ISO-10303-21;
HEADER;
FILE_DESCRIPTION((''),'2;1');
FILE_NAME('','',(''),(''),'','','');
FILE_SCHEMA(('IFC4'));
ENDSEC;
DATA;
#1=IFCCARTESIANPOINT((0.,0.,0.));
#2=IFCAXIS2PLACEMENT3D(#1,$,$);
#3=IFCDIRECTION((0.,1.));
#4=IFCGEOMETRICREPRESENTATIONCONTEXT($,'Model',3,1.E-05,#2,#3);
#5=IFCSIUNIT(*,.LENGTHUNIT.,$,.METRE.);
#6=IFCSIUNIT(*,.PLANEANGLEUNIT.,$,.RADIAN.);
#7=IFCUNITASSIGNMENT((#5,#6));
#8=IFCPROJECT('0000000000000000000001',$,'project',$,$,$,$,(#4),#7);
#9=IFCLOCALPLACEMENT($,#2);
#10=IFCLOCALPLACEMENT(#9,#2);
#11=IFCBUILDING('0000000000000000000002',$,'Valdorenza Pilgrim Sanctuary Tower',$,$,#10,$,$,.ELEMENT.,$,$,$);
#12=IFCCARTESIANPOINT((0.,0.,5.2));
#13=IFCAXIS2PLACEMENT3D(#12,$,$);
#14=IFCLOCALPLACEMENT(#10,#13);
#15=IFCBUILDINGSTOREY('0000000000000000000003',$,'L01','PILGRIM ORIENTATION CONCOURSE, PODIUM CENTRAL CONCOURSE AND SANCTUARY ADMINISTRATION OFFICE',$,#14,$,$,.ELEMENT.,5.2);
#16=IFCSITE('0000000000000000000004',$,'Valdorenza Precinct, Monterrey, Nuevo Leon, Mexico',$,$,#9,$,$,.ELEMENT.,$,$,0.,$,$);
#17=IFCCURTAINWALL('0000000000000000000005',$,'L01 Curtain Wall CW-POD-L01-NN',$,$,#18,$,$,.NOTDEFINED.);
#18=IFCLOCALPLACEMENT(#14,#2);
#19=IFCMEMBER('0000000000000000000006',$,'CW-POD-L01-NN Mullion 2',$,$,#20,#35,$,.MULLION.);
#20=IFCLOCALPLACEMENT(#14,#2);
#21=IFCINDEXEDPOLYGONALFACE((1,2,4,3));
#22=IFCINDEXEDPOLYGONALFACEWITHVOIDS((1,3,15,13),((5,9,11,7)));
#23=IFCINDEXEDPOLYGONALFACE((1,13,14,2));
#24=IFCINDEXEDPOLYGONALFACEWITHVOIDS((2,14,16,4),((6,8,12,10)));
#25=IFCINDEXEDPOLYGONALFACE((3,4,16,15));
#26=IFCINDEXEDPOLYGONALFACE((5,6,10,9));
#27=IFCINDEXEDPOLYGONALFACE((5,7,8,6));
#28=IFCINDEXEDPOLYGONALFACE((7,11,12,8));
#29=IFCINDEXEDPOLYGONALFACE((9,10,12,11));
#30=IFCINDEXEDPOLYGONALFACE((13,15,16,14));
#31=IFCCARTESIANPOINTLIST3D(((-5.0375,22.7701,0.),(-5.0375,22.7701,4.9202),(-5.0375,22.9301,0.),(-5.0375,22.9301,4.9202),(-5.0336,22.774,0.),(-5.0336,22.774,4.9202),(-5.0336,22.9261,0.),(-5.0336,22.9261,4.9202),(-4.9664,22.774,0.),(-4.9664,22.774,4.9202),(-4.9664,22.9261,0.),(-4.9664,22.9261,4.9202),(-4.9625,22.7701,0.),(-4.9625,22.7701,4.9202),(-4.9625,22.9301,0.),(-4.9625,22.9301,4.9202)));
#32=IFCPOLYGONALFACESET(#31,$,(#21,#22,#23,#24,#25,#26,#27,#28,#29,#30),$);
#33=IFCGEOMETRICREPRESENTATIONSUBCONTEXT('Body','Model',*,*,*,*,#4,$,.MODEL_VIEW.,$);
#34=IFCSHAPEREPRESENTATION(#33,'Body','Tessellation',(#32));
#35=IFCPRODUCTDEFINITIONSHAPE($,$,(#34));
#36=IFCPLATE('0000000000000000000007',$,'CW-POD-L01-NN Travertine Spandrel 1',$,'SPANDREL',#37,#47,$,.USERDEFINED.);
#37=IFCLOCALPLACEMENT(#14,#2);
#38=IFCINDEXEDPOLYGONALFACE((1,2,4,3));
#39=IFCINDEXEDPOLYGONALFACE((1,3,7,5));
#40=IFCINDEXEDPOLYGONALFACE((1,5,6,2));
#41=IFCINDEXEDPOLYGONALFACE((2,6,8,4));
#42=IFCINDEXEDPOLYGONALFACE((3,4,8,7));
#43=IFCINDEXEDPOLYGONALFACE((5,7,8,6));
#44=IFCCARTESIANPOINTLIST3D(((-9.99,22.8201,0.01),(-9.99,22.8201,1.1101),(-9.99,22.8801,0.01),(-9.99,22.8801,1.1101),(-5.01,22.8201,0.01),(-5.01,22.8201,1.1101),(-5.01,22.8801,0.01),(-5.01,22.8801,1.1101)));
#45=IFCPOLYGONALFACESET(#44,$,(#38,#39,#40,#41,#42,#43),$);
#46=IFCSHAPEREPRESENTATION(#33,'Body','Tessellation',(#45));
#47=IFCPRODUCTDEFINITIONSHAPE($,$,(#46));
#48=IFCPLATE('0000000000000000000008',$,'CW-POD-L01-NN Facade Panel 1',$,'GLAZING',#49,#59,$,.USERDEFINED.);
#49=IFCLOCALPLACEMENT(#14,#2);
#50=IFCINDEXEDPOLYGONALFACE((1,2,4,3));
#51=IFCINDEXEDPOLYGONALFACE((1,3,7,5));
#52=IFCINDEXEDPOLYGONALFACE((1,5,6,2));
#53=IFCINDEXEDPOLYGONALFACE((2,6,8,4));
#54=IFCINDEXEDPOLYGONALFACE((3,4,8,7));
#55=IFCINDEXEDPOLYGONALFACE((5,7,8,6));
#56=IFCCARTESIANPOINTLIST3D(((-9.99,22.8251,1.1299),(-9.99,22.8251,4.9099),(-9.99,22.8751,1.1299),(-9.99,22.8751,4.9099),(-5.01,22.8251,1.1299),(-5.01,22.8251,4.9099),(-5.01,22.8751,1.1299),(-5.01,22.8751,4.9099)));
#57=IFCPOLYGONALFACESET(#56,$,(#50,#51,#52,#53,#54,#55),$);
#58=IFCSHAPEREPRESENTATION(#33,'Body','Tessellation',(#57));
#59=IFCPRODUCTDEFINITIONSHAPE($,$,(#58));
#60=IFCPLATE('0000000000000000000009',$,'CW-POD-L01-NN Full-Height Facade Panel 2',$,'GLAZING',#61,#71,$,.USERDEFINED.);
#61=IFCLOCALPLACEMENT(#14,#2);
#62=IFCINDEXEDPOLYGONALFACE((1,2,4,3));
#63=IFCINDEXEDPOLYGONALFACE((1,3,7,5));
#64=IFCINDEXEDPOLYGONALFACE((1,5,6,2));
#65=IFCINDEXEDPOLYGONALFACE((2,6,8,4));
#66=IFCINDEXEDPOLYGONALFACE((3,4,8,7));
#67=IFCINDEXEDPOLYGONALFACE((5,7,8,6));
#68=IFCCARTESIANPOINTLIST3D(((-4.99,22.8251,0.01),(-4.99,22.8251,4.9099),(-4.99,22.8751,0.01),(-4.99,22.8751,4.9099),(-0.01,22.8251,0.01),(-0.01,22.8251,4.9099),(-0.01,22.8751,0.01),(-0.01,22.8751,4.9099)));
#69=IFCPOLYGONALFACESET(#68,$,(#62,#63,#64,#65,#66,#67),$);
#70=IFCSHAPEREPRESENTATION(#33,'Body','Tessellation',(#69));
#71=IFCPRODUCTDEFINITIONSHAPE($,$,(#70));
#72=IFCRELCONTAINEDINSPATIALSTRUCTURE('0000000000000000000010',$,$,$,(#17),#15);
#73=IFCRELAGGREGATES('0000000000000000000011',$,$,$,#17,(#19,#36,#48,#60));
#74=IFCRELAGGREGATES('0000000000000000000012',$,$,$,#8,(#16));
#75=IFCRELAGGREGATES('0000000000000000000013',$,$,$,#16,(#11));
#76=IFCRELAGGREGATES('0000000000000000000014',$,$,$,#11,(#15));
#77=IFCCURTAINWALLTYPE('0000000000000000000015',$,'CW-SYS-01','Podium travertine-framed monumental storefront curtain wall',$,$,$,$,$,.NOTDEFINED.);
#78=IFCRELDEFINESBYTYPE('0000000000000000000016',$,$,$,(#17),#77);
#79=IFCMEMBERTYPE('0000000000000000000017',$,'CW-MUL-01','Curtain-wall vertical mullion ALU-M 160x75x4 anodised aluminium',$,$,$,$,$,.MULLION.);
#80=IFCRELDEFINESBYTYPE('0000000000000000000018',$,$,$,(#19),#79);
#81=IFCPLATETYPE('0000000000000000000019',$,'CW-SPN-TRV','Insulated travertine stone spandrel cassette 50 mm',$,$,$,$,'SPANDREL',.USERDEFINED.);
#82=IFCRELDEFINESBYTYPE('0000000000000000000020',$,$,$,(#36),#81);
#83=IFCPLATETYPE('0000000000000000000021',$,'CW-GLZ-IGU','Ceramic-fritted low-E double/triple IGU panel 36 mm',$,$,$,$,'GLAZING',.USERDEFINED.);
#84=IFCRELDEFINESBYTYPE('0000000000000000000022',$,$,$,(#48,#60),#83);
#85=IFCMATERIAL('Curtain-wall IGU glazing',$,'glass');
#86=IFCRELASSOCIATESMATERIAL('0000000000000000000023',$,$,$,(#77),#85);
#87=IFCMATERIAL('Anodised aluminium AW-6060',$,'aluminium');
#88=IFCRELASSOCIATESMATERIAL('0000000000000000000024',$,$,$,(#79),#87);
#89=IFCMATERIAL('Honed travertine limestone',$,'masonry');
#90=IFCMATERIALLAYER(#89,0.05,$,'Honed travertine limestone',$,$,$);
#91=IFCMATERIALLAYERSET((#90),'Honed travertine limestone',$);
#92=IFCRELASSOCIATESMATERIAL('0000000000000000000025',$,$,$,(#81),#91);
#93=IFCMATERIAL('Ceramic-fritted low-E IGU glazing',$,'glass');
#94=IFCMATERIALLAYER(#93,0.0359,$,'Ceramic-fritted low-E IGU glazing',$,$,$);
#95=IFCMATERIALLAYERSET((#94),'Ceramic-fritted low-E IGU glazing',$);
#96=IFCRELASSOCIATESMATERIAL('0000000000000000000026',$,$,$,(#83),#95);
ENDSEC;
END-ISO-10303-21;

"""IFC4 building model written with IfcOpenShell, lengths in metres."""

from ifc_helpers import new_model, si_unit, direction, frame, origin, origin_2d, place, context, subcontext, project, spatial, rectangle, hollow_rectangle, extrude, source, transform, mapped, material, layer, layer_set, material_profile, profile_set, type_object, element, aggregate, save


model = new_model("IFC4")

# Units and contexts
model_context = context("Model", 3, precision=1e-05, world=origin(), true_north=direction((0.0, 1.0)))
body_context = subcontext(model_context, "Body", "Model", "MODEL_VIEW")
ifc_project = project(units=[si_unit("LENGTHUNIT", "METRE"), si_unit("PLANEANGLEUNIT", "RADIAN")], contexts=[model_context])

# Site, building, storey
site_placement = place(None, origin())
site = spatial("IfcSite", under=ifc_project, at=site_placement, Name="Valdorenza Precinct, Monterrey, Nuevo Leon, Mexico", CompositionType="ELEMENT", RefElevation=0.0)
building_placement = place(site_placement, origin())
building = spatial("IfcBuilding", under=site, at=building_placement, Name="Valdorenza Pilgrim Sanctuary Tower", CompositionType="ELEMENT")
storey_placement = place(building_placement, frame((0.0, 0.0, 5.2)))
storey = spatial("IfcBuildingStorey", under=building, at=storey_placement, Name="L01", Description="PILGRIM ORIENTATION CONCOURSE, PODIUM CENTRAL CONCOURSE AND SANCTUARY ADMINISTRATION OFFICE", CompositionType="ELEMENT", Elevation=5.2)

# Curtain wall, member, plates
ifc_material_1 = material(Name="Curtain-wall IGU glazing", Category="glass")
curtain_wall_type = type_object("IfcCurtainWallType", Name="CW-SYS-01", Description="Podium travertine-framed monumental storefront curtain wall", PredefinedType="NOTDEFINED", material=ifc_material_1)
curtain_wall_placement = place(storey_placement, origin())
curtain_wall = element("IfcCurtainWall", 1, at=curtain_wall_placement, inside=storey, type_object=curtain_wall_type, Name="L01 Curtain Wall CW-POD-L01-NN", PredefinedType="NOTDEFINED")
ifc_material_2 = material(Name="Anodised aluminium AW-6060", Category="aluminium")
ifc_material_profile = material_profile(ifc_material_2, hollow_rectangle(XDim=0.075, YDim=0.1599, WallThickness=0.0039, at=origin_2d()), Name="ALU-M 160x75x4")
ifc_profile_set = profile_set([ifc_material_profile], Name="Anodised aluminium AW-6060")
member_type = type_object("IfcMemberType", Name="CW-MUL-01", Description="Curtain-wall vertical mullion ALU-M 160x75x4 anodised aluminium", PredefinedType="MULLION", material=ifc_profile_set)
shared_shape_1 = source(origin(), body_context, "Body", "SweptSolid", [
    extrude(hollow_rectangle(XDim=0.075, YDim=0.1599, WallThickness=0.0039, at=origin_2d()), origin(), (0.0, 0.0, 1.0), 4.9202),
])
member_placement = place(storey_placement, frame((-5.0, 22.8501, 0.0), z_axis=(0.0, 0.0, 1.0), x_axis=(1.0, 0.0, 0.0)))
member = element("IfcMember", 2, at=member_placement, type_object=member_type, Name="CW-POD-L01-NN Mullion 2", PredefinedType="MULLION", context=body_context, shape_type="MappedRepresentation", body=[
    mapped(shared_shape_1, transform((0.0, 0.0, 0.0), x_axis=(1.0, 0.0, 0.0), y_axis=(0.0, 1.0, 0.0), z_axis=(0.0, 0.0, 1.0), scale=1.0)),
])
ifc_material_3 = material(Name="Honed travertine limestone", Category="masonry")
ifc_layer_1 = layer(ifc_material_3, 0.05, Name="Honed travertine limestone")
ifc_layer_set_1 = layer_set([ifc_layer_1], Name="Honed travertine limestone")
plate_type_1 = type_object("IfcPlateType", Name="CW-SPN-TRV", Description="Insulated travertine stone spandrel cassette 50 mm", ElementType="SPANDREL", PredefinedType="USERDEFINED", material=ifc_layer_set_1)
shared_shape_2 = source(origin(), body_context, "Body", "SweptSolid", [
    extrude(rectangle(XDim=4.98, YDim=0.0601, at=origin_2d()), origin(), (0.0, 0.0, 1.0), 1.1001),
])
plate_1_placement = place(storey_placement, frame((-7.5, 22.8501, 0.01), z_axis=(0.0, 0.0, 1.0), x_axis=(1.0, 0.0, 0.0)))
plate_1 = element("IfcPlate", 3, at=plate_1_placement, type_object=plate_type_1, Name="CW-POD-L01-NN Travertine Spandrel 1", ObjectType="SPANDREL", PredefinedType="USERDEFINED", context=body_context, shape_type="MappedRepresentation", body=[
    mapped(shared_shape_2, transform((0.0, 0.0, 0.0), x_axis=(1.0, 0.0, 0.0), y_axis=(0.0, 1.0, 0.0), z_axis=(0.0, 0.0, 1.0), scale=1.0)),
])
ifc_material_4 = material(Name="Ceramic-fritted low-E IGU glazing", Category="glass")
ifc_layer_2 = layer(ifc_material_4, 0.0359, Name="Ceramic-fritted low-E IGU glazing")
ifc_layer_set_2 = layer_set([ifc_layer_2], Name="Ceramic-fritted low-E IGU glazing")
plate_type_2 = type_object("IfcPlateType", Name="CW-GLZ-IGU", Description="Ceramic-fritted low-E double/triple IGU panel 36 mm", ElementType="GLAZING", PredefinedType="USERDEFINED", material=ifc_layer_set_2)
shared_shape_3 = source(origin(), body_context, "Body", "SweptSolid", [
    extrude(rectangle(XDim=4.98, YDim=0.05, at=origin_2d()), origin(), (0.0, 0.0, 1.0), 3.78),
])
plate_2_placement = place(storey_placement, frame((-7.5, 22.8501, 1.1299), z_axis=(0.0, 0.0, 1.0), x_axis=(1.0, 0.0, 0.0)))
plate_2 = element("IfcPlate", 4, at=plate_2_placement, type_object=plate_type_2, Name="CW-POD-L01-NN Facade Panel 1", ObjectType="GLAZING", PredefinedType="USERDEFINED", context=body_context, shape_type="MappedRepresentation", body=[
    mapped(shared_shape_3, transform((0.0, 0.0, 0.0), x_axis=(1.0, 0.0, 0.0), y_axis=(0.0, 1.0, 0.0), z_axis=(0.0, 0.0, 1.0), scale=1.0)),
])
shared_shape_4 = source(origin(), body_context, "Body", "SweptSolid", [
    extrude(rectangle(XDim=4.98, YDim=0.05, at=origin_2d()), origin(), (0.0, 0.0, 1.0), 4.8999),
])
plate_3_placement = place(storey_placement, frame((-2.5, 22.8501, 0.01), z_axis=(0.0, 0.0, 1.0), x_axis=(1.0, 0.0, 0.0)))
plate_3 = element("IfcPlate", 5, at=plate_3_placement, type_object=plate_type_2, Name="CW-POD-L01-NN Full-Height Facade Panel 2", ObjectType="GLAZING", PredefinedType="USERDEFINED", context=body_context, shape_type="MappedRepresentation", body=[
    mapped(shared_shape_4, transform((0.0, 0.0, 0.0), x_axis=(1.0, 0.0, 0.0), y_axis=(0.0, 1.0, 0.0), z_axis=(0.0, 0.0, 1.0), scale=1.0)),
])
aggregate(curtain_wall, [member, plate_1, plate_2, plate_3])

save(model, "model.ifc")
